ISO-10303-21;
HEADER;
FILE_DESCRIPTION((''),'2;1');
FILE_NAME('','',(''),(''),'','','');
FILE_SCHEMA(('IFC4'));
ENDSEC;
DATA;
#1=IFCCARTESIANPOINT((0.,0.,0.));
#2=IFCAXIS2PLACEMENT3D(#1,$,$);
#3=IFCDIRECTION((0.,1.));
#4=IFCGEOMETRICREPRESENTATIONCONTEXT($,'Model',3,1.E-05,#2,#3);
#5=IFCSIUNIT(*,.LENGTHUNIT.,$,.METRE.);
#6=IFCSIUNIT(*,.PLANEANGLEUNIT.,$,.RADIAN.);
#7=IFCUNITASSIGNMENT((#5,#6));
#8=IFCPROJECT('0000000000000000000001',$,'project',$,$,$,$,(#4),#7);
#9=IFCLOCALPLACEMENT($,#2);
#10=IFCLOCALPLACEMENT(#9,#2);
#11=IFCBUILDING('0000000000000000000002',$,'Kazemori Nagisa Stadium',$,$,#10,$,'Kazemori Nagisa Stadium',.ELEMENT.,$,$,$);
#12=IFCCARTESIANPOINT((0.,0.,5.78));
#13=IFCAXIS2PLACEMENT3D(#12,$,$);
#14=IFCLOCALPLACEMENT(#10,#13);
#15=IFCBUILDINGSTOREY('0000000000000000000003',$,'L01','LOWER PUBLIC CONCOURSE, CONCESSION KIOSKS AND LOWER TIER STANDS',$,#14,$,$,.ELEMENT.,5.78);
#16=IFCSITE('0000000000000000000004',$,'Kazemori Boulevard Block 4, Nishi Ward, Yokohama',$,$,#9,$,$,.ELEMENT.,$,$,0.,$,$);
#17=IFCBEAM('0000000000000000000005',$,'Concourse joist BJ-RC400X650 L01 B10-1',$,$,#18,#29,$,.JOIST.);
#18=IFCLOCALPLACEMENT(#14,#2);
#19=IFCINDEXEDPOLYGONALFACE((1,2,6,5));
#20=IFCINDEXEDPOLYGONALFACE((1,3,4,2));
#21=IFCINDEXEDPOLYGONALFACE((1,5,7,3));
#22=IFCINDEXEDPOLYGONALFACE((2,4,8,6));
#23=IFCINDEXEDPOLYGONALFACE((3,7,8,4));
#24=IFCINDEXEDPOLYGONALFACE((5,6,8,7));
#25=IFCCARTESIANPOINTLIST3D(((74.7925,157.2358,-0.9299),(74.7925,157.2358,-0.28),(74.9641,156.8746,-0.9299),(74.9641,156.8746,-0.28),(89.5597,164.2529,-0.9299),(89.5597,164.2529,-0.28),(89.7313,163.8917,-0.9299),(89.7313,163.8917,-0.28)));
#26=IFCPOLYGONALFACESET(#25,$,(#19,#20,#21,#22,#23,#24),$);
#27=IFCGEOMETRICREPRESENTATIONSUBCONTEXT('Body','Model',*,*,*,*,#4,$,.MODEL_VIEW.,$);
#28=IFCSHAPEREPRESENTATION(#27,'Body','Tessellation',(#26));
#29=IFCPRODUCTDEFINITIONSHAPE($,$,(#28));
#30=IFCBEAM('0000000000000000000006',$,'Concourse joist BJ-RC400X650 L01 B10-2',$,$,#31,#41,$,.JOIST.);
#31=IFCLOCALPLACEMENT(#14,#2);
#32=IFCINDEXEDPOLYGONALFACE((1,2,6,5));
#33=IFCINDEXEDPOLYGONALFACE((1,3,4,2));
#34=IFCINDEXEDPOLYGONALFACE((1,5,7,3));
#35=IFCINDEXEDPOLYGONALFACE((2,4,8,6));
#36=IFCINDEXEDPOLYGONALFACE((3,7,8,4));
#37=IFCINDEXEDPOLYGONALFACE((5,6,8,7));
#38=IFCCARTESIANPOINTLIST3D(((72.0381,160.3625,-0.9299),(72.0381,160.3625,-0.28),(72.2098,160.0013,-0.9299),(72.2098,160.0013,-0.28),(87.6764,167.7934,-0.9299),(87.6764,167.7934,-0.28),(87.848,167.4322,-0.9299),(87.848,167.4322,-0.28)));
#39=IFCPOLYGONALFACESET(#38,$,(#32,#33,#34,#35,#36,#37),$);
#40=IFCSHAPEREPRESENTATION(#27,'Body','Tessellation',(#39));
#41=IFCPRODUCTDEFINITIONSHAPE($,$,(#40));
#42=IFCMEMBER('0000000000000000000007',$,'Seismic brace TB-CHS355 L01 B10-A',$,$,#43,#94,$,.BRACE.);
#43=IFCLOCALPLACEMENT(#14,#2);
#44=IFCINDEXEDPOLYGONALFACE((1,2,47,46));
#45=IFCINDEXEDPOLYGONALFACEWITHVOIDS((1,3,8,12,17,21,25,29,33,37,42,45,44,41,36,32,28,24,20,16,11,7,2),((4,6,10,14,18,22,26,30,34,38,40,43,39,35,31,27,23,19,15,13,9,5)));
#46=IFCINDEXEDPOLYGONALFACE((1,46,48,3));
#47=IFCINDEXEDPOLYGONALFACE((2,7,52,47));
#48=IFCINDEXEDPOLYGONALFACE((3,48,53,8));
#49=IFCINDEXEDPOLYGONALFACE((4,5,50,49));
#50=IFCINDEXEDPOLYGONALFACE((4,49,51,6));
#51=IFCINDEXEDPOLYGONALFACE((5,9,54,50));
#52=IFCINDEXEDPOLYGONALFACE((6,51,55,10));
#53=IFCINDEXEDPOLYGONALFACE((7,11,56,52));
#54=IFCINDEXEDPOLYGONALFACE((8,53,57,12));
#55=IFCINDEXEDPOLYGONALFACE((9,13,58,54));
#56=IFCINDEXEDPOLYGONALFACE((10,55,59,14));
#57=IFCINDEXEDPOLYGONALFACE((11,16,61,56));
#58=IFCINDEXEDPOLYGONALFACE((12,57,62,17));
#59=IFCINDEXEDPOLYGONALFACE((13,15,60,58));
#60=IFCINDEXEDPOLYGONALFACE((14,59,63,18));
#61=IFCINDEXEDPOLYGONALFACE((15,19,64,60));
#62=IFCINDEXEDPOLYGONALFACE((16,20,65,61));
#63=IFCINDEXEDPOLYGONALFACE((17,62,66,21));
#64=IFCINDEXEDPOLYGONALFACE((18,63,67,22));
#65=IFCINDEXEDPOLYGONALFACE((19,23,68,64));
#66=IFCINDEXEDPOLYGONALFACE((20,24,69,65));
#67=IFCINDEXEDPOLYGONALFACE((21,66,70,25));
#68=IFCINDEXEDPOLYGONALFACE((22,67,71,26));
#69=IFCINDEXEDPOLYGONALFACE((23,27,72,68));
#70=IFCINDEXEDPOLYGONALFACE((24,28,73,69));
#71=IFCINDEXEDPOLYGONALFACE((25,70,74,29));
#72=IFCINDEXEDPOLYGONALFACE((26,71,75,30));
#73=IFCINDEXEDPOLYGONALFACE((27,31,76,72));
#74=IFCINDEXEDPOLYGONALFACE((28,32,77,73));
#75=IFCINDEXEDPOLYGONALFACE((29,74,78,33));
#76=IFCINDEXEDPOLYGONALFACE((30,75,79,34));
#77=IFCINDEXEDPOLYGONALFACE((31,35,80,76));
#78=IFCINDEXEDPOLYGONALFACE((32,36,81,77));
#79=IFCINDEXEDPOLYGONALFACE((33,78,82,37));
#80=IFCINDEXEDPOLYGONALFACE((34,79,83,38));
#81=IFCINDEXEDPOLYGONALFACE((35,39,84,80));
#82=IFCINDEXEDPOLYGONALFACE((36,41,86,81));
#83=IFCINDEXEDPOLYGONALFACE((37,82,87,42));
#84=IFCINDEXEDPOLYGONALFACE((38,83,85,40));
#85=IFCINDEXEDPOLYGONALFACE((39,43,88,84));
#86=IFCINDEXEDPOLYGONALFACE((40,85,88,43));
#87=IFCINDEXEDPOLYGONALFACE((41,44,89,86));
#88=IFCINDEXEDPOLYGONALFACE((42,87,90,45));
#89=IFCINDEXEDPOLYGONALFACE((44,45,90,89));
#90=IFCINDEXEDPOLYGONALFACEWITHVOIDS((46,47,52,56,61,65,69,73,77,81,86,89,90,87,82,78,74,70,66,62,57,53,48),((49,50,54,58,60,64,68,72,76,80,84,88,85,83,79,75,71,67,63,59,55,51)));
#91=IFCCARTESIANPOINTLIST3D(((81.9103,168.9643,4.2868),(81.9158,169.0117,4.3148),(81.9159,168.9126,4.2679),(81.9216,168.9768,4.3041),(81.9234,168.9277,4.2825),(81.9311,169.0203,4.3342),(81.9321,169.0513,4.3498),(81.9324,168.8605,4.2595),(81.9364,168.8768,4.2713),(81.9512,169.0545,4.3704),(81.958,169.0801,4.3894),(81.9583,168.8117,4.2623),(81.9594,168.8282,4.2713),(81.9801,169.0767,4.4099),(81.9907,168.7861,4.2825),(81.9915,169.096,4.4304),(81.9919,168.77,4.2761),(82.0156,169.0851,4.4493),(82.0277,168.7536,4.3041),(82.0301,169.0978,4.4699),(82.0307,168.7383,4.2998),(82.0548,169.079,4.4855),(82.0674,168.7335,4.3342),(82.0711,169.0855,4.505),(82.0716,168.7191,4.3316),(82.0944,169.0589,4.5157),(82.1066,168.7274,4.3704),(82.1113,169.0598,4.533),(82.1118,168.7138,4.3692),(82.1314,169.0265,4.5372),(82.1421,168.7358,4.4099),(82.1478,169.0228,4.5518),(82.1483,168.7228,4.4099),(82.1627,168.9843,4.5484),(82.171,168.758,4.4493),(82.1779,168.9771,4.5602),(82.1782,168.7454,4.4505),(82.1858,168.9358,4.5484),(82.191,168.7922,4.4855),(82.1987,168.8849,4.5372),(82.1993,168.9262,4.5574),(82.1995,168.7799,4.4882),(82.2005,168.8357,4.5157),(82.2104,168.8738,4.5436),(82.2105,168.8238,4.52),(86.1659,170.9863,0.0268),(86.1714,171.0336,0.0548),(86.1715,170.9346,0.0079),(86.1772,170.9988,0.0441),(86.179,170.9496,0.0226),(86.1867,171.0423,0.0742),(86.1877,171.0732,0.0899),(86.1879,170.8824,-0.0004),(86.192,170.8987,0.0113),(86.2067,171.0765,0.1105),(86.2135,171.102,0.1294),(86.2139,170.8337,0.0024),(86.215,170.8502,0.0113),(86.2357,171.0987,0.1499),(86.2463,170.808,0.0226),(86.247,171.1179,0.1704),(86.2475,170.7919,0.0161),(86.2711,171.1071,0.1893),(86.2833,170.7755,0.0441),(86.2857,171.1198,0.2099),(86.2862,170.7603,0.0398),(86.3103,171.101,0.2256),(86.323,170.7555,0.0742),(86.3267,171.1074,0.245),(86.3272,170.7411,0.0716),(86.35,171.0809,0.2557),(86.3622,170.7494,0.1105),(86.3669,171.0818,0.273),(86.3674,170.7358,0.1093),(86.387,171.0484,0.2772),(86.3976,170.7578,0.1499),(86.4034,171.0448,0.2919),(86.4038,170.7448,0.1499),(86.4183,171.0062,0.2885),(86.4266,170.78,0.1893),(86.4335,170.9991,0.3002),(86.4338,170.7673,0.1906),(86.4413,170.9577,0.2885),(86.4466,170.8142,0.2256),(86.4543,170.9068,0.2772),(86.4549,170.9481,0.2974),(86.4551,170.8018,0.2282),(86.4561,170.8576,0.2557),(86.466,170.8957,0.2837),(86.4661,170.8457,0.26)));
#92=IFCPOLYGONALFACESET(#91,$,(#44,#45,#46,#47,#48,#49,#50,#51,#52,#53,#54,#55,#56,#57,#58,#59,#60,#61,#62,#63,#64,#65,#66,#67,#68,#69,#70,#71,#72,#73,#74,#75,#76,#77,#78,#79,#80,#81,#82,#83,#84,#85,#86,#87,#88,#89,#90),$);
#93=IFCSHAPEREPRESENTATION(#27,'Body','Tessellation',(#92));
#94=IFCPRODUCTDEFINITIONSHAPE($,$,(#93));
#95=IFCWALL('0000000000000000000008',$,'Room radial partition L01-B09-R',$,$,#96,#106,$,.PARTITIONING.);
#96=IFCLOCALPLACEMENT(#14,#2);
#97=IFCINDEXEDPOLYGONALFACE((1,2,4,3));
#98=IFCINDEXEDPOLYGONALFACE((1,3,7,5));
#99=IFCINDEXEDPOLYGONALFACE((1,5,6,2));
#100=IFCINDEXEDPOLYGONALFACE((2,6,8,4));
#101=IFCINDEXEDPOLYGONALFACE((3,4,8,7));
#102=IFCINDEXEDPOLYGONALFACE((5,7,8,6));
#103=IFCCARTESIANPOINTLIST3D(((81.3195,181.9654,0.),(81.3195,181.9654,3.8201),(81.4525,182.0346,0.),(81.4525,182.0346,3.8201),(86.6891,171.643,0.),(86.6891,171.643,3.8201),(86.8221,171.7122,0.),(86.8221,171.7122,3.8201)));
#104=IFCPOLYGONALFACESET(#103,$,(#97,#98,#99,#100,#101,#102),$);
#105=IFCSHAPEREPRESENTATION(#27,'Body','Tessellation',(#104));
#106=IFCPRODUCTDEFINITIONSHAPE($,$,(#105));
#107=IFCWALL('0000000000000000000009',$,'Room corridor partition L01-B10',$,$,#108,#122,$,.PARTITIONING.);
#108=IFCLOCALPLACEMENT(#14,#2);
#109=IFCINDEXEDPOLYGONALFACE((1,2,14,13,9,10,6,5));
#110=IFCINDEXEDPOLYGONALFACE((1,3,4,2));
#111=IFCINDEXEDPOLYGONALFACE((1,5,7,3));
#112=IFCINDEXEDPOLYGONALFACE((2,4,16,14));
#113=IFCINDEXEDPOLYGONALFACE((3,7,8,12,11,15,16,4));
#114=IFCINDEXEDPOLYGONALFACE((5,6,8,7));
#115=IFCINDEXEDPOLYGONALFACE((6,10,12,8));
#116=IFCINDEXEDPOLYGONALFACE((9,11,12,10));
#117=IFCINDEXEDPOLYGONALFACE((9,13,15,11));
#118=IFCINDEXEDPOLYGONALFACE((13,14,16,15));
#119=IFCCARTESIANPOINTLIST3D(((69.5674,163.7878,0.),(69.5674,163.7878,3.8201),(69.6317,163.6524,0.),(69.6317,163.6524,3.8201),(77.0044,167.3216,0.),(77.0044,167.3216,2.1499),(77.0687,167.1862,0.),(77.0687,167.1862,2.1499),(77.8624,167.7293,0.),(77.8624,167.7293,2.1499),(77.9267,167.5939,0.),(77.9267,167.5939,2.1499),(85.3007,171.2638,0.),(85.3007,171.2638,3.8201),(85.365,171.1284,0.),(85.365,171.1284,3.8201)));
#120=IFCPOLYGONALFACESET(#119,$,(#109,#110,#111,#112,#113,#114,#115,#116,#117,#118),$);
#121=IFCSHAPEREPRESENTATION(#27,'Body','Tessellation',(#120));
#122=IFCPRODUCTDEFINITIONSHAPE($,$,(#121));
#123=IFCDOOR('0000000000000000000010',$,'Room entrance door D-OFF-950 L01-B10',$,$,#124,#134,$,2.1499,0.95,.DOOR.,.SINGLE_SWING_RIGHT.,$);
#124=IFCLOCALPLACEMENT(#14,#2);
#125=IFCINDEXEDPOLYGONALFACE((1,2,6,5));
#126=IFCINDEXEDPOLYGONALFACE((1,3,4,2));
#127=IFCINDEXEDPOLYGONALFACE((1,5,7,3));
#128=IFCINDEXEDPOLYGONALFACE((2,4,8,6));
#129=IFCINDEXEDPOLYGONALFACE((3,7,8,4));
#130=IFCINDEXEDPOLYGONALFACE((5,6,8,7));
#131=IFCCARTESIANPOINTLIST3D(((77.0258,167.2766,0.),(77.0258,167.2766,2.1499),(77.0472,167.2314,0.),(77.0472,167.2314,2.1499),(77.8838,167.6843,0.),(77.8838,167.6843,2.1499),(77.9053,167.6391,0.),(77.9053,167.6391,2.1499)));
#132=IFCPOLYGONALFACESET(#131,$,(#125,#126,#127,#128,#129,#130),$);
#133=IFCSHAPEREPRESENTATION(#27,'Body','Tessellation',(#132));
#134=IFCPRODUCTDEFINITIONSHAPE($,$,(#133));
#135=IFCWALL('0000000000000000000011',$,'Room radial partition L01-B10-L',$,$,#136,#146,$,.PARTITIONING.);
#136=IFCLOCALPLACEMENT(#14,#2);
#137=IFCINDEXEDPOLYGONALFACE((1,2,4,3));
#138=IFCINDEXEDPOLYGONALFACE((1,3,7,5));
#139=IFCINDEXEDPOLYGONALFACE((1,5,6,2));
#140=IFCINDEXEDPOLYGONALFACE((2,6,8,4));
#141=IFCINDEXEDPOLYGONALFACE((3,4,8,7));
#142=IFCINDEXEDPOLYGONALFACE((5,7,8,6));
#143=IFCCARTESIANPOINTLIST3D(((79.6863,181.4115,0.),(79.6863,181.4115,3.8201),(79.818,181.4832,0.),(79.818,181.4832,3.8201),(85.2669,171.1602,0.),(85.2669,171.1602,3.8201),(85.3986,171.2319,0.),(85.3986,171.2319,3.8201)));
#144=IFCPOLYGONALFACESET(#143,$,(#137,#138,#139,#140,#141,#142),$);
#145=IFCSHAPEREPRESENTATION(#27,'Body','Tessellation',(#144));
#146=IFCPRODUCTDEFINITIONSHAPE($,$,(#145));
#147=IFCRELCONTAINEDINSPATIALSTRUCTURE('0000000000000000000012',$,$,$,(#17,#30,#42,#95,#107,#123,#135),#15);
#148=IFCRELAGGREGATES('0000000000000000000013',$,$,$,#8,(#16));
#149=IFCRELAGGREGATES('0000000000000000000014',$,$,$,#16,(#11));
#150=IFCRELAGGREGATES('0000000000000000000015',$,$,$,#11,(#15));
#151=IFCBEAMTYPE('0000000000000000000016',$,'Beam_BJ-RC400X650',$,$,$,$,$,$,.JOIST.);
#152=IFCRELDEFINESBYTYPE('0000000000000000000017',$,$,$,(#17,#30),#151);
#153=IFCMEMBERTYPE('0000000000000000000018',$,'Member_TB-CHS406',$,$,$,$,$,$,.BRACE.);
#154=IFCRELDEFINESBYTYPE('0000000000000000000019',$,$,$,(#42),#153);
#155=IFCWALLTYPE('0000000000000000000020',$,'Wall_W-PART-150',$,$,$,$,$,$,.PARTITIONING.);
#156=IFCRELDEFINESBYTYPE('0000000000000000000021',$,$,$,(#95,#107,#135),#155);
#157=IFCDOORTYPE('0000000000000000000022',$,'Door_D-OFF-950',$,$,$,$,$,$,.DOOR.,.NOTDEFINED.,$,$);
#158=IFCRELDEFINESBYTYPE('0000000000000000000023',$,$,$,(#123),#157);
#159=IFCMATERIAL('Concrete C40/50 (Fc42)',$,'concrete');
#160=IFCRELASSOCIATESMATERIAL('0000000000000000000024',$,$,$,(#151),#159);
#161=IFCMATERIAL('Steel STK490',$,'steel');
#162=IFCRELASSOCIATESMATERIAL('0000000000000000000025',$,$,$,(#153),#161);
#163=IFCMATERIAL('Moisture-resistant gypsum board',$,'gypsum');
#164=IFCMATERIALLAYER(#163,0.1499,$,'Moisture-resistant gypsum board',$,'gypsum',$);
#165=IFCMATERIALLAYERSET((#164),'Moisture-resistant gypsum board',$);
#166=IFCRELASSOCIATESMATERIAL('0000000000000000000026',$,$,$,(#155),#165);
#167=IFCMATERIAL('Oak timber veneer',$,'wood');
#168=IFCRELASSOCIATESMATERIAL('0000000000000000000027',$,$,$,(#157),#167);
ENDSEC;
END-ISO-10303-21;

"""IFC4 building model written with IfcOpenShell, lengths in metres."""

from ifc_helpers import new_model, si_unit, direction, frame, frame_2d, origin, origin_2d, place, context, subcontext, project, spatial, rectangle, hollow_circle, extrude, material, layer, layer_set, material_profile, profile_set, type_object, element, fill, save


model = new_model("IFC4")

# Units and contexts
model_context = context("Model", 3, precision=1e-05, world=origin(), true_north=direction((0.0, 1.0)))
body_context = subcontext(model_context, "Body", "Model", "MODEL_VIEW")
ifc_project = project(units=[si_unit("LENGTHUNIT", "METRE"), si_unit("PLANEANGLEUNIT", "RADIAN")], contexts=[model_context])

# Site, building, storey
site_placement = place(None, origin())
site = spatial("IfcSite", under=ifc_project, at=site_placement, Name="Kazemori Boulevard Block 4, Nishi Ward, Yokohama", CompositionType="ELEMENT", RefElevation=0.0)
building_placement = place(site_placement, origin())
building = spatial("IfcBuilding", under=site, at=building_placement, Name="Kazemori Nagisa Stadium", LongName="Kazemori Nagisa Stadium", CompositionType="ELEMENT")
storey_placement = place(building_placement, frame((0.0, 0.0, 5.78)))
storey = spatial("IfcBuildingStorey", under=building, at=storey_placement, Name="L01", Description="LOWER PUBLIC CONCOURSE, CONCESSION KIOSKS AND LOWER TIER STANDS", CompositionType="ELEMENT", Elevation=5.78)

# Shared definitions
ifc_material_1 = material(Name="Concrete C40/50 (Fc42)", Category="concrete")

# Beams
ifc_material_profile_1 = material_profile(ifc_material_1, rectangle(XDim=0.3999, YDim=0.6499, at=origin_2d()), Name="RC-BM-400x650")
ifc_profile_set_1 = profile_set([ifc_material_profile_1], Name="Concrete C40/50 (Fc42)")
beam_type_1 = type_object("IfcBeamType", Name="Beam_BJ-RC400X650", PredefinedType="JOIST", material=ifc_profile_set_1)
beam_1_placement = place(storey_placement, frame((89.6455, 164.0723, -0.605), z_axis=(-0.903216, -0.429187, 0.0), x_axis=(0.429187, -0.903216, 0.0)))
element("IfcBeam", 1, at=beam_1_placement, inside=storey, type_object=beam_type_1, Name="Concourse joist BJ-RC400X650 L01 B10-1", PredefinedType="JOIST", context=body_context, shape_type="SweptSolid", body=[
    extrude(rectangle(XDim=0.3999, YDim=0.6499, at=origin_2d()), origin(), (0.0, 0.0, 1.0), 16.3496),
])
beam_2_placement = place(storey_placement, frame((87.7622, 167.6128, -0.605), z_axis=(-0.903215, -0.429187, 0.0), x_axis=(0.429187, -0.903215, 0.0)))
element("IfcBeam", 2, at=beam_2_placement, inside=storey, type_object=beam_type_1, Name="Concourse joist BJ-RC400X650 L01 B10-2", PredefinedType="JOIST", context=body_context, shape_type="SweptSolid", body=[
    extrude(rectangle(XDim=0.3999, YDim=0.6499, at=origin_2d()), origin(), (0.0, 0.0, 1.0), 17.314),
])

# Member
ifc_material_2 = material(Name="Steel STK490", Category="steel")
ifc_material_profile_2 = material_profile(ifc_material_2, hollow_circle(Radius=0.2031, WallThickness=0.0144, at=origin_2d()), Name="CHS-406.4x14.3")
ifc_profile_set_2 = profile_set([ifc_material_profile_2], Name="Steel STK490")
member_type = type_object("IfcMemberType", Name="Member_TB-CHS406", PredefinedType="BRACE", material=ifc_profile_set_2)
member_placement = place(storey_placement, frame((86.3167, 170.9282, 0.1499), z_axis=(-0.669978, -0.318327, 0.67067), x_axis=(0.429153, -0.903232, 0.0)))
element("IfcMember", 3, at=member_placement, inside=storey, type_object=member_type, Name="Seismic brace TB-CHS355 L01 B10-A", PredefinedType="BRACE", context=body_context, shape_type="SweptSolid", body=[
    extrude(hollow_circle(Radius=0.2031, WallThickness=0.0144, at=origin_2d()), origin(), (0.0, 0.0, 1.0), 6.3518),
])

# Wall
ifc_material_3 = material(Name="Moisture-resistant gypsum board", Category="gypsum")
ifc_layer = layer(ifc_material_3, 0.1499, Name="Moisture-resistant gypsum board", Category="gypsum")
ifc_layer_set = layer_set([ifc_layer], Name="Moisture-resistant gypsum board")
wall_type = type_object("IfcWallType", Name="Wall_W-PART-150", PredefinedType="PARTITIONING", material=ifc_layer_set)
wall_1_placement = place(storey_placement, frame((86.7556, 171.6775, 0.0), z_axis=(0.0, 0.0, 1.0), x_axis=(-0.461483, 0.887149, 0.0)))
element("IfcWall", 4, at=wall_1_placement, inside=storey, type_object=wall_type, Name="Room radial partition L01-B09-R", PredefinedType="PARTITIONING", context=body_context, shape_type="SweptSolid", body=[
    extrude(rectangle(XDim=11.6355, YDim=0.1499, at=frame_2d((5.8179, 0.0))), origin(), (0.0, 0.0, 1.0), 3.8201),
])

# Wall, opening, door
wall_2_placement = place(storey_placement, frame((85.3328, 171.196, 0.0), z_axis=(0.0, 0.0, 1.0), x_axis=(-0.903217, -0.429184, 0.0)))
wall_2 = element("IfcWall", 5, at=wall_2_placement, inside=storey, type_object=wall_type, Name="Room corridor partition L01-B10", PredefinedType="PARTITIONING", context=body_context, shape_type="SweptSolid", body=[
    extrude(rectangle(XDim=17.4192, YDim=0.1499, at=frame_2d((8.7095, 0.0))), origin(), (0.0, 0.0, 1.0), 3.8201),
])
opening_placement = place(wall_2_placement, frame((8.2351, 0.0, 0.0)))
opening = element("IfcOpeningElement", 6, at=opening_placement, cuts=wall_2, PredefinedType="OPENING", context=body_context, shape_type="SweptSolid", body=[
    extrude(rectangle(XDim=0.95, YDim=2.1499, at=frame_2d((0.4751, 1.075))), frame((0.0, 0.085, 0.0), z_axis=(0.0, -1.0, 0.0), x_axis=(1.0, 0.0, 0.0)), (0.0, 0.0, 1.0), 0.1699),
])
ifc_material_4 = material(Name="Oak timber veneer", Category="wood")
door_type = type_object("IfcDoorType", Name="Door_D-OFF-950", OperationType="NOTDEFINED", PredefinedType="DOOR", material=ifc_material_4)
door_placement = place(opening_placement, origin())
door = element("IfcDoor", 7, at=door_placement, inside=storey, type_object=door_type, Name="Room entrance door D-OFF-950 L01-B10", OperationType="SINGLE_SWING_RIGHT", OverallHeight=2.1499, OverallWidth=0.95, PredefinedType="DOOR", context=body_context, shape_type="SweptSolid", body=[
    extrude(rectangle(XDim=0.95, YDim=2.1499, at=frame_2d((0.4751, 1.075))), frame((0.0, 0.0249, 0.0), z_axis=(0.0, -1.0, 0.0), x_axis=(1.0, 0.0, 0.0)), (0.0, 0.0, 1.0), 0.05),
])
fill(opening, door)

# Wall
wall_3_placement = place(storey_placement, frame((85.3328, 171.196, 0.0), z_axis=(0.0, 0.0, 1.0), x_axis=(-0.478125, 0.878292, 0.0)))
element("IfcWall", 8, at=wall_3_placement, inside=storey, type_object=wall_type, Name="Room radial partition L01-B10-L", PredefinedType="PARTITIONING", context=body_context, shape_type="SweptSolid", body=[
    extrude(rectangle(XDim=11.6719, YDim=0.1499, at=frame_2d((5.8359, 0.0))), origin(), (0.0, 0.0, 1.0), 3.8201),
])

save(model, "model.ifc")
